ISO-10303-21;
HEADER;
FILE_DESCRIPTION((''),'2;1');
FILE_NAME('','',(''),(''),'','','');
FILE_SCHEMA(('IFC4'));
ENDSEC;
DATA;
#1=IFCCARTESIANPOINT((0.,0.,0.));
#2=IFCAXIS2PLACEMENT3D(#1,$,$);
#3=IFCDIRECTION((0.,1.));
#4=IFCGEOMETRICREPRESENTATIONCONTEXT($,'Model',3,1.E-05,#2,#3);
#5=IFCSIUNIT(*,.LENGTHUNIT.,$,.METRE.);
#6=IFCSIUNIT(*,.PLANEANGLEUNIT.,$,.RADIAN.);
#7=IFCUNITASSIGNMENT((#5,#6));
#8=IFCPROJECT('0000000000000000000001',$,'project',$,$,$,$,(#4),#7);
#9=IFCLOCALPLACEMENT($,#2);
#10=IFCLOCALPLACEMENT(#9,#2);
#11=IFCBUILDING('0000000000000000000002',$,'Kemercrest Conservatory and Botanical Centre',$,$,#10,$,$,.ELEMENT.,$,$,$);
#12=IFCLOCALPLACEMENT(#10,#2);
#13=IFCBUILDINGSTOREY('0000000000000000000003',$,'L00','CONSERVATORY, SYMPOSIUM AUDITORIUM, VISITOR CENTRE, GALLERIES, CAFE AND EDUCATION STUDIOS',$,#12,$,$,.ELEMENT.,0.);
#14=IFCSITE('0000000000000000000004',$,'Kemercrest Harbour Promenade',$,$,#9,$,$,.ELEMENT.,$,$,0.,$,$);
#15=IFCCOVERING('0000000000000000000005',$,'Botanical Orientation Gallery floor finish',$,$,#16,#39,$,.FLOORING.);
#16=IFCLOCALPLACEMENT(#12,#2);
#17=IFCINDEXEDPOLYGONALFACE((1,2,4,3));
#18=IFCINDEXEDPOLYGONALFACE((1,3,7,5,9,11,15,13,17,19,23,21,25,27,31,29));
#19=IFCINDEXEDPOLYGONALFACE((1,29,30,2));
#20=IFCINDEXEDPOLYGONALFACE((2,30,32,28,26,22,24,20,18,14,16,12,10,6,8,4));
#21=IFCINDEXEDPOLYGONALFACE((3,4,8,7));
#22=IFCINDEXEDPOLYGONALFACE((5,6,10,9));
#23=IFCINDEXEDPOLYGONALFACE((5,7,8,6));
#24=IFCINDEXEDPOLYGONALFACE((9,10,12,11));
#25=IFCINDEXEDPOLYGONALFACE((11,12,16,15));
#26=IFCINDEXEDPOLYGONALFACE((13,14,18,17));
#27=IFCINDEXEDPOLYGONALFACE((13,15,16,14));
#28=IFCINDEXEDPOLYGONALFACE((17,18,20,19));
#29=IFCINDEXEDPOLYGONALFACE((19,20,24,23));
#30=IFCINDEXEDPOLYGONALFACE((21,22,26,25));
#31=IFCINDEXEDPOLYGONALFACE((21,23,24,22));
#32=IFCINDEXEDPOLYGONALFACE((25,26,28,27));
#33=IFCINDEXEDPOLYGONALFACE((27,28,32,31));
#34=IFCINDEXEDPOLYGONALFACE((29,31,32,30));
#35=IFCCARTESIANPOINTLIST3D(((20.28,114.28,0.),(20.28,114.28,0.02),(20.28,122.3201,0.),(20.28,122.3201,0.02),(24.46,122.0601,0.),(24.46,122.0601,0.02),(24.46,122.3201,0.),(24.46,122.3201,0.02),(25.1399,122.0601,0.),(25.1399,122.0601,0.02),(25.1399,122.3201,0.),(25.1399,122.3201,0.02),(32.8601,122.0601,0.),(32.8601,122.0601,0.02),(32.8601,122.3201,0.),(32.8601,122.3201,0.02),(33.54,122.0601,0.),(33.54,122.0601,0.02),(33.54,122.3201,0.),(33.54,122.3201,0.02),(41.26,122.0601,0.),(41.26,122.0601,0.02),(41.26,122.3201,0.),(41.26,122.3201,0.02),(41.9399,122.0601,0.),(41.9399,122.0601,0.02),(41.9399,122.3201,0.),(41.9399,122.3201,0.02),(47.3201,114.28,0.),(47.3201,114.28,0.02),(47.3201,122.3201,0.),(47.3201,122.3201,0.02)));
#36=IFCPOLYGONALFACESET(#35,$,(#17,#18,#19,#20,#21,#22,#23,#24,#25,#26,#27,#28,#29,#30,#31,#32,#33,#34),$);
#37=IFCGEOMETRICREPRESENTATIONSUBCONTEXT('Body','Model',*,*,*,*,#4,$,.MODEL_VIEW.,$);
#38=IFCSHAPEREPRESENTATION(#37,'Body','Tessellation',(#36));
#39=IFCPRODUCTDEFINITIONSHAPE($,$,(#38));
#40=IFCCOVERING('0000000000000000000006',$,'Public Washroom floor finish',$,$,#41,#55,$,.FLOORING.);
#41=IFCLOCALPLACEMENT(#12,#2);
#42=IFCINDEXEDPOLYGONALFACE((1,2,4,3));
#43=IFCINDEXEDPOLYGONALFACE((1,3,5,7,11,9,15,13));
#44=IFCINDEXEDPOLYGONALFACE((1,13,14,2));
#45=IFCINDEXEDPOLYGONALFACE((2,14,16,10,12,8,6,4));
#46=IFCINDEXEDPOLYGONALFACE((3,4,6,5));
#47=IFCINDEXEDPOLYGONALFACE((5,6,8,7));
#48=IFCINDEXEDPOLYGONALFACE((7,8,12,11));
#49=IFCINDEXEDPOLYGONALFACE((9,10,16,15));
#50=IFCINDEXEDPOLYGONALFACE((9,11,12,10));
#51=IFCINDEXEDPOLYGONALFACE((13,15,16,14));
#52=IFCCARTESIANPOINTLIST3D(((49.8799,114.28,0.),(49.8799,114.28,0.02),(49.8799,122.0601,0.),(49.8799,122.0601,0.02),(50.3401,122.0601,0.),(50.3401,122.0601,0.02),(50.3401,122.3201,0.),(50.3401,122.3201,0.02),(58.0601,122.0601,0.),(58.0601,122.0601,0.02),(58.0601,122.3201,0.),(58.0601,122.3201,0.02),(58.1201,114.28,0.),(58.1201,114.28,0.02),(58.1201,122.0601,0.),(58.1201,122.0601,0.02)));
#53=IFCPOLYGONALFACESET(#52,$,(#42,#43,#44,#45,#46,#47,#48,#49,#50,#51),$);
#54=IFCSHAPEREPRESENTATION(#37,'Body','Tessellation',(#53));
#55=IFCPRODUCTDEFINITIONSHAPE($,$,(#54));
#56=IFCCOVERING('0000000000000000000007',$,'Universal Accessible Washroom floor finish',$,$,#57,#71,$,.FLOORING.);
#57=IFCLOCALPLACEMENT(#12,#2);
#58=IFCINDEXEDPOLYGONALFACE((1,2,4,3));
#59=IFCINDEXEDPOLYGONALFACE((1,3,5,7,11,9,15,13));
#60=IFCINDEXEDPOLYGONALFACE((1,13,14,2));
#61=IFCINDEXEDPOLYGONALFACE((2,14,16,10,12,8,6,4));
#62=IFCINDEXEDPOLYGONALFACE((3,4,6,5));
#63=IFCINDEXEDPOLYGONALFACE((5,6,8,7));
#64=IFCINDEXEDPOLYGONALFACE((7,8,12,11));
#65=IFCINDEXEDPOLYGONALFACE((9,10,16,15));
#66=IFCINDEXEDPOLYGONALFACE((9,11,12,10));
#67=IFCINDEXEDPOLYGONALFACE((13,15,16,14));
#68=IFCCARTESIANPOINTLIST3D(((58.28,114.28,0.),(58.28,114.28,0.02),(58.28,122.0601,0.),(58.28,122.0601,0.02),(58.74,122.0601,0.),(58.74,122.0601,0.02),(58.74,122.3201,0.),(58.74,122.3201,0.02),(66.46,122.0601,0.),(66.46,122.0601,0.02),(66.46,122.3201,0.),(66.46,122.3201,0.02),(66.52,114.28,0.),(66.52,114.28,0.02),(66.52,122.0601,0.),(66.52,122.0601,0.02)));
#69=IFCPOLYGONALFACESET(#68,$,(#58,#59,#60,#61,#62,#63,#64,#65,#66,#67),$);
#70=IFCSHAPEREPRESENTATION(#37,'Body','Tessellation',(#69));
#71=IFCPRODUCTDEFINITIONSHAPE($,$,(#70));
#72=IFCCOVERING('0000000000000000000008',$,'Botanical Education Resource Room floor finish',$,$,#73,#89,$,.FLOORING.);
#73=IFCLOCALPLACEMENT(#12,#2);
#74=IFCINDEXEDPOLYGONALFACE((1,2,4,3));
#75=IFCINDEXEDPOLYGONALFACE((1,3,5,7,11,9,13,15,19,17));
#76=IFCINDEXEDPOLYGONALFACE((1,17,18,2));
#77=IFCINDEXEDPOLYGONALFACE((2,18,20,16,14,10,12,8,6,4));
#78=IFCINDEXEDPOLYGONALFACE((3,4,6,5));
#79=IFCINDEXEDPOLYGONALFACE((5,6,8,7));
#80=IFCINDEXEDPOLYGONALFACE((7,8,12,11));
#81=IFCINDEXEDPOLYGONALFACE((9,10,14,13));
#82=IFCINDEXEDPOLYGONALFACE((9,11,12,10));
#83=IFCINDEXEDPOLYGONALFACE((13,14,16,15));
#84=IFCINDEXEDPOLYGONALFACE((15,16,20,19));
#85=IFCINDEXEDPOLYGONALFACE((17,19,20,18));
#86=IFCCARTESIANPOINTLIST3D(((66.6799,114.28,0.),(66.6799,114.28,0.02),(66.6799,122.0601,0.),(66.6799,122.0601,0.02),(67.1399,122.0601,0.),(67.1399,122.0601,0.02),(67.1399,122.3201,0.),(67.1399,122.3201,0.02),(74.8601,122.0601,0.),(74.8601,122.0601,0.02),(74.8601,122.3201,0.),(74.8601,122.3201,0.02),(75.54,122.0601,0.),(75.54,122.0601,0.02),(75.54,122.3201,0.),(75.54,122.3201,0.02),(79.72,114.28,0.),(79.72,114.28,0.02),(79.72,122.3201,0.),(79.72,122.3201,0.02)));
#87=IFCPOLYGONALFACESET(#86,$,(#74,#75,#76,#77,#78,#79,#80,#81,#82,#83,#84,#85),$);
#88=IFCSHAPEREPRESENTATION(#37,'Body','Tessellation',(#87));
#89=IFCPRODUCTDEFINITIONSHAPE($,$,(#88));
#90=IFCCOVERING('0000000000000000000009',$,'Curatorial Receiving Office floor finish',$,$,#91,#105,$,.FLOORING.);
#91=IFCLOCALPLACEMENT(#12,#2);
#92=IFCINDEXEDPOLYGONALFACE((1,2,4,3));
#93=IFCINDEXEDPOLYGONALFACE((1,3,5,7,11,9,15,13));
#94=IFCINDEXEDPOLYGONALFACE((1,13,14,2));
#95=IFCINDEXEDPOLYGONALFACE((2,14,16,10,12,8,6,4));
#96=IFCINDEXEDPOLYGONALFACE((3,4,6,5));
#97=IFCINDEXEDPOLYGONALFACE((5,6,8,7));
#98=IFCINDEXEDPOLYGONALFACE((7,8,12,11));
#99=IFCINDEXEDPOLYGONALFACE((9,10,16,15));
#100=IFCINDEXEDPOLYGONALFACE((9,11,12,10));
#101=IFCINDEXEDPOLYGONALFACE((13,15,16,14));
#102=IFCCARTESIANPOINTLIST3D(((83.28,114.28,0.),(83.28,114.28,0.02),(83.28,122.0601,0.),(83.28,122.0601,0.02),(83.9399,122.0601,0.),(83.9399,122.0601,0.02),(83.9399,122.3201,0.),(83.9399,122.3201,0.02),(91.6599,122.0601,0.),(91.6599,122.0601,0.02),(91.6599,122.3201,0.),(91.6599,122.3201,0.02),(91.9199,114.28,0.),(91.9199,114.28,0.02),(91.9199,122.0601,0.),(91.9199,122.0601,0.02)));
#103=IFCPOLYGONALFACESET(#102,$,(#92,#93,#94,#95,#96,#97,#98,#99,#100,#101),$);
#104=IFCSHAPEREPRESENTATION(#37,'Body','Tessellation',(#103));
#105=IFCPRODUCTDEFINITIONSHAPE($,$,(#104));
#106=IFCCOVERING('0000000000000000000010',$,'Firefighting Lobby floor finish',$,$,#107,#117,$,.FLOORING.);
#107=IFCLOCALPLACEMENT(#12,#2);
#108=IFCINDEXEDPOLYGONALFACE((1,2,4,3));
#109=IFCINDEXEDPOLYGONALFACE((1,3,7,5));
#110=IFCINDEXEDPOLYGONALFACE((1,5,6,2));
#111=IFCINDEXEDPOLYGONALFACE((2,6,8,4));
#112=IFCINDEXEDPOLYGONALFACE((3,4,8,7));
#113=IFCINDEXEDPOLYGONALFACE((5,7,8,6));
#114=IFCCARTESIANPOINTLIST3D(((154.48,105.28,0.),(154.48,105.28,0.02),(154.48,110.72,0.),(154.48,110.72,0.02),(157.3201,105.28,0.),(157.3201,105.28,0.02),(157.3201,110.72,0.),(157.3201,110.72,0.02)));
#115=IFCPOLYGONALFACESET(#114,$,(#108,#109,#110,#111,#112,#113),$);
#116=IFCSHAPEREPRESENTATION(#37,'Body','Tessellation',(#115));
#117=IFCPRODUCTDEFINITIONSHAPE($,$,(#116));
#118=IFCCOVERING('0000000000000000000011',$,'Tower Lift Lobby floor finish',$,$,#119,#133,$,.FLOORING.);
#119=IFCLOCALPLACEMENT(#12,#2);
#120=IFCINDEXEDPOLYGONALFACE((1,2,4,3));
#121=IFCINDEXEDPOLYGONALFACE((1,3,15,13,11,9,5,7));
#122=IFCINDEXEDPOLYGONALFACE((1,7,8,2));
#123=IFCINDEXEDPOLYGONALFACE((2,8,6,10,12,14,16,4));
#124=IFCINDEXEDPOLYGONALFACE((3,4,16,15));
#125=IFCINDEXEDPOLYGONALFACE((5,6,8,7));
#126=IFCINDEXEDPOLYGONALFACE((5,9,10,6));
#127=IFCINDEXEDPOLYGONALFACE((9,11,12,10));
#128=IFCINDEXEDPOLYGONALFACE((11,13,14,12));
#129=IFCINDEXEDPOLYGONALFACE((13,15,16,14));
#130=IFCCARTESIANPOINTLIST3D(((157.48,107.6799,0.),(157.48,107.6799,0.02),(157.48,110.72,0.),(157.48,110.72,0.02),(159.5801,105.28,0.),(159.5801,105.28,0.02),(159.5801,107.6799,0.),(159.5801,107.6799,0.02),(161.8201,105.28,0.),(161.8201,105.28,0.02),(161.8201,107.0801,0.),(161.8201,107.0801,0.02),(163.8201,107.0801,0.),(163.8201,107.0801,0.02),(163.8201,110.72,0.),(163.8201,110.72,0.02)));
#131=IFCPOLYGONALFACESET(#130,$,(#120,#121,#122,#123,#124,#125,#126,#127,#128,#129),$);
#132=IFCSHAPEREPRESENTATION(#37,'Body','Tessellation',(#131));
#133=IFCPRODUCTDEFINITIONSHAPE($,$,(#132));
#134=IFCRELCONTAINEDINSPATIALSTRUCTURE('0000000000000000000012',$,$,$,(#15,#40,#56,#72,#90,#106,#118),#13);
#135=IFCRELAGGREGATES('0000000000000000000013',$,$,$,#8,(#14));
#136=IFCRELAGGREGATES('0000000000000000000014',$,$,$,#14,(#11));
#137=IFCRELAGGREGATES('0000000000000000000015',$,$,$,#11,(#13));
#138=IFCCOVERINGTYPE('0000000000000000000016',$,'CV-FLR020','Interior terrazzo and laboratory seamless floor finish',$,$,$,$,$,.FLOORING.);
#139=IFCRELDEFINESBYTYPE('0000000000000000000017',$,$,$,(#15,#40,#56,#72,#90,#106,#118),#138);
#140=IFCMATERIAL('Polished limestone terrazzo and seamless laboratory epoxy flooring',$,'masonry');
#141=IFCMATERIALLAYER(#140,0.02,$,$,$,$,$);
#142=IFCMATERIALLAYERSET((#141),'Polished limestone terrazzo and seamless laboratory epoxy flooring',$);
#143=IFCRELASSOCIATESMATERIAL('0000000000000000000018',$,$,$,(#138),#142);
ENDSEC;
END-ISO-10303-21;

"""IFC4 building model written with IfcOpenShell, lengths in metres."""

from ifc_helpers import new_model, si_unit, direction, origin, place, context, subcontext, project, spatial, polyline, outline, extrude, material, layer, layer_set, type_object, element, save


model = new_model("IFC4")

# Units and contexts
model_context = context("Model", 3, precision=1e-05, world=origin(), true_north=direction((0.0, 1.0)))
body_context = subcontext(model_context, "Body", "Model", "MODEL_VIEW")
ifc_project = project(units=[si_unit("LENGTHUNIT", "METRE"), si_unit("PLANEANGLEUNIT", "RADIAN")], contexts=[model_context])

# Site, building, storey
site_placement = place(None, origin())
site = spatial("IfcSite", under=ifc_project, at=site_placement, Name="Kemercrest Harbour Promenade", CompositionType="ELEMENT", RefElevation=0.0)
building_placement = place(site_placement, origin())
building = spatial("IfcBuilding", under=site, at=building_placement, Name="Kemercrest Conservatory and Botanical Centre", CompositionType="ELEMENT")
storey_placement = place(building_placement, origin())
storey = spatial("IfcBuildingStorey", under=building, at=storey_placement, Name="L00", Description="CONSERVATORY, SYMPOSIUM AUDITORIUM, VISITOR CENTRE, GALLERIES, CAFE AND EDUCATION STUDIOS", CompositionType="ELEMENT", Elevation=0.0)

# Coverings
ifc_material = material(Name="Polished limestone terrazzo and seamless laboratory epoxy flooring", Category="masonry")
ifc_layer = layer(ifc_material, 0.02)
ifc_layer_set = layer_set([ifc_layer], Name="Polished limestone terrazzo and seamless laboratory epoxy flooring")
covering_type = type_object("IfcCoveringType", Name="CV-FLR020", Description="Interior terrazzo and laboratory seamless floor finish", PredefinedType="FLOORING", material=ifc_layer_set)
covering_1_placement = place(storey_placement, origin())
element("IfcCovering", 1, at=covering_1_placement, inside=storey, type_object=covering_type, Name="Botanical Orientation Gallery floor finish", PredefinedType="FLOORING", context=body_context, shape_type="SweptSolid", body=[
    extrude(outline(polyline([(20.28, 114.28), (47.3201, 114.28), (47.3201, 122.3201), (41.9399, 122.3201), (41.9399, 122.0601), (41.26, 122.0601), (41.26, 122.3201), (33.54, 122.3201), (33.54, 122.0601), (32.8601, 122.0601), (32.8601, 122.3201), (25.1399, 122.3201), (25.1399, 122.0601), (24.46, 122.0601), (24.46, 122.3201), (20.28, 122.3201), (20.28, 114.28)])), origin(), (0.0, 0.0, 1.0), 0.02),
])
covering_2_placement = place(storey_placement, origin())
element("IfcCovering", 2, at=covering_2_placement, inside=storey, type_object=covering_type, Name="Public Washroom floor finish", PredefinedType="FLOORING", context=body_context, shape_type="SweptSolid", body=[
    extrude(outline(polyline([(49.8799, 114.28), (58.1201, 114.28), (58.1201, 122.0601), (58.0601, 122.0601), (58.0601, 122.3201), (50.3401, 122.3201), (50.3401, 122.0601), (49.8799, 122.0601), (49.8799, 114.28)])), origin(), (0.0, 0.0, 1.0), 0.02),
])
covering_3_placement = place(storey_placement, origin())
element("IfcCovering", 3, at=covering_3_placement, inside=storey, type_object=covering_type, Name="Universal Accessible Washroom floor finish", PredefinedType="FLOORING", context=body_context, shape_type="SweptSolid", body=[
    extrude(outline(polyline([(58.28, 114.28), (66.52, 114.28), (66.52, 122.0601), (66.46, 122.0601), (66.46, 122.3201), (58.74, 122.3201), (58.74, 122.0601), (58.28, 122.0601), (58.28, 114.28)])), origin(), (0.0, 0.0, 1.0), 0.02),
])
covering_4_placement = place(storey_placement, origin())
element("IfcCovering", 4, at=covering_4_placement, inside=storey, type_object=covering_type, Name="Botanical Education Resource Room floor finish", PredefinedType="FLOORING", context=body_context, shape_type="SweptSolid", body=[
    extrude(outline(polyline([(66.6799, 114.28), (79.72, 114.28), (79.72, 122.3201), (75.54, 122.3201), (75.54, 122.0601), (74.8601, 122.0601), (74.8601, 122.3201), (67.1399, 122.3201), (67.1399, 122.0601), (66.6799, 122.0601), (66.6799, 114.28)])), origin(), (0.0, 0.0, 1.0), 0.02),
])
covering_5_placement = place(storey_placement, origin())
element("IfcCovering", 5, at=covering_5_placement, inside=storey, type_object=covering_type, Name="Curatorial Receiving Office floor finish", PredefinedType="FLOORING", context=body_context, shape_type="SweptSolid", body=[
    extrude(outline(polyline([(83.28, 114.28), (91.9199, 114.28), (91.9199, 122.0601), (91.6599, 122.0601), (91.6599, 122.3201), (83.9399, 122.3201), (83.9399, 122.0601), (83.28, 122.0601), (83.28, 114.28)])), origin(), (0.0, 0.0, 1.0), 0.02),
])
covering_6_placement = place(storey_placement, origin())
element("IfcCovering", 6, at=covering_6_placement, inside=storey, type_object=covering_type, Name="Firefighting Lobby floor finish", PredefinedType="FLOORING", context=body_context, shape_type="SweptSolid", body=[
    extrude(outline(polyline([(154.48, 105.28), (157.3201, 105.28), (157.3201, 110.72), (154.48, 110.72), (154.48, 105.28)])), origin(), (0.0, 0.0, 1.0), 0.02),
])
covering_7_placement = place(storey_placement, origin())
element("IfcCovering", 7, at=covering_7_placement, inside=storey, type_object=covering_type, Name="Tower Lift Lobby floor finish", PredefinedType="FLOORING", context=body_context, shape_type="SweptSolid", body=[
    extrude(outline(polyline([(159.5801, 107.6799), (159.5801, 105.28), (161.8201, 105.28), (161.8201, 107.0801), (163.8201, 107.0801), (163.8201, 110.72), (157.48, 110.72), (157.48, 107.6799), (159.5801, 107.6799)])), origin(), (0.0, 0.0, 1.0), 0.02),
])

save(model, "model.ifc")
